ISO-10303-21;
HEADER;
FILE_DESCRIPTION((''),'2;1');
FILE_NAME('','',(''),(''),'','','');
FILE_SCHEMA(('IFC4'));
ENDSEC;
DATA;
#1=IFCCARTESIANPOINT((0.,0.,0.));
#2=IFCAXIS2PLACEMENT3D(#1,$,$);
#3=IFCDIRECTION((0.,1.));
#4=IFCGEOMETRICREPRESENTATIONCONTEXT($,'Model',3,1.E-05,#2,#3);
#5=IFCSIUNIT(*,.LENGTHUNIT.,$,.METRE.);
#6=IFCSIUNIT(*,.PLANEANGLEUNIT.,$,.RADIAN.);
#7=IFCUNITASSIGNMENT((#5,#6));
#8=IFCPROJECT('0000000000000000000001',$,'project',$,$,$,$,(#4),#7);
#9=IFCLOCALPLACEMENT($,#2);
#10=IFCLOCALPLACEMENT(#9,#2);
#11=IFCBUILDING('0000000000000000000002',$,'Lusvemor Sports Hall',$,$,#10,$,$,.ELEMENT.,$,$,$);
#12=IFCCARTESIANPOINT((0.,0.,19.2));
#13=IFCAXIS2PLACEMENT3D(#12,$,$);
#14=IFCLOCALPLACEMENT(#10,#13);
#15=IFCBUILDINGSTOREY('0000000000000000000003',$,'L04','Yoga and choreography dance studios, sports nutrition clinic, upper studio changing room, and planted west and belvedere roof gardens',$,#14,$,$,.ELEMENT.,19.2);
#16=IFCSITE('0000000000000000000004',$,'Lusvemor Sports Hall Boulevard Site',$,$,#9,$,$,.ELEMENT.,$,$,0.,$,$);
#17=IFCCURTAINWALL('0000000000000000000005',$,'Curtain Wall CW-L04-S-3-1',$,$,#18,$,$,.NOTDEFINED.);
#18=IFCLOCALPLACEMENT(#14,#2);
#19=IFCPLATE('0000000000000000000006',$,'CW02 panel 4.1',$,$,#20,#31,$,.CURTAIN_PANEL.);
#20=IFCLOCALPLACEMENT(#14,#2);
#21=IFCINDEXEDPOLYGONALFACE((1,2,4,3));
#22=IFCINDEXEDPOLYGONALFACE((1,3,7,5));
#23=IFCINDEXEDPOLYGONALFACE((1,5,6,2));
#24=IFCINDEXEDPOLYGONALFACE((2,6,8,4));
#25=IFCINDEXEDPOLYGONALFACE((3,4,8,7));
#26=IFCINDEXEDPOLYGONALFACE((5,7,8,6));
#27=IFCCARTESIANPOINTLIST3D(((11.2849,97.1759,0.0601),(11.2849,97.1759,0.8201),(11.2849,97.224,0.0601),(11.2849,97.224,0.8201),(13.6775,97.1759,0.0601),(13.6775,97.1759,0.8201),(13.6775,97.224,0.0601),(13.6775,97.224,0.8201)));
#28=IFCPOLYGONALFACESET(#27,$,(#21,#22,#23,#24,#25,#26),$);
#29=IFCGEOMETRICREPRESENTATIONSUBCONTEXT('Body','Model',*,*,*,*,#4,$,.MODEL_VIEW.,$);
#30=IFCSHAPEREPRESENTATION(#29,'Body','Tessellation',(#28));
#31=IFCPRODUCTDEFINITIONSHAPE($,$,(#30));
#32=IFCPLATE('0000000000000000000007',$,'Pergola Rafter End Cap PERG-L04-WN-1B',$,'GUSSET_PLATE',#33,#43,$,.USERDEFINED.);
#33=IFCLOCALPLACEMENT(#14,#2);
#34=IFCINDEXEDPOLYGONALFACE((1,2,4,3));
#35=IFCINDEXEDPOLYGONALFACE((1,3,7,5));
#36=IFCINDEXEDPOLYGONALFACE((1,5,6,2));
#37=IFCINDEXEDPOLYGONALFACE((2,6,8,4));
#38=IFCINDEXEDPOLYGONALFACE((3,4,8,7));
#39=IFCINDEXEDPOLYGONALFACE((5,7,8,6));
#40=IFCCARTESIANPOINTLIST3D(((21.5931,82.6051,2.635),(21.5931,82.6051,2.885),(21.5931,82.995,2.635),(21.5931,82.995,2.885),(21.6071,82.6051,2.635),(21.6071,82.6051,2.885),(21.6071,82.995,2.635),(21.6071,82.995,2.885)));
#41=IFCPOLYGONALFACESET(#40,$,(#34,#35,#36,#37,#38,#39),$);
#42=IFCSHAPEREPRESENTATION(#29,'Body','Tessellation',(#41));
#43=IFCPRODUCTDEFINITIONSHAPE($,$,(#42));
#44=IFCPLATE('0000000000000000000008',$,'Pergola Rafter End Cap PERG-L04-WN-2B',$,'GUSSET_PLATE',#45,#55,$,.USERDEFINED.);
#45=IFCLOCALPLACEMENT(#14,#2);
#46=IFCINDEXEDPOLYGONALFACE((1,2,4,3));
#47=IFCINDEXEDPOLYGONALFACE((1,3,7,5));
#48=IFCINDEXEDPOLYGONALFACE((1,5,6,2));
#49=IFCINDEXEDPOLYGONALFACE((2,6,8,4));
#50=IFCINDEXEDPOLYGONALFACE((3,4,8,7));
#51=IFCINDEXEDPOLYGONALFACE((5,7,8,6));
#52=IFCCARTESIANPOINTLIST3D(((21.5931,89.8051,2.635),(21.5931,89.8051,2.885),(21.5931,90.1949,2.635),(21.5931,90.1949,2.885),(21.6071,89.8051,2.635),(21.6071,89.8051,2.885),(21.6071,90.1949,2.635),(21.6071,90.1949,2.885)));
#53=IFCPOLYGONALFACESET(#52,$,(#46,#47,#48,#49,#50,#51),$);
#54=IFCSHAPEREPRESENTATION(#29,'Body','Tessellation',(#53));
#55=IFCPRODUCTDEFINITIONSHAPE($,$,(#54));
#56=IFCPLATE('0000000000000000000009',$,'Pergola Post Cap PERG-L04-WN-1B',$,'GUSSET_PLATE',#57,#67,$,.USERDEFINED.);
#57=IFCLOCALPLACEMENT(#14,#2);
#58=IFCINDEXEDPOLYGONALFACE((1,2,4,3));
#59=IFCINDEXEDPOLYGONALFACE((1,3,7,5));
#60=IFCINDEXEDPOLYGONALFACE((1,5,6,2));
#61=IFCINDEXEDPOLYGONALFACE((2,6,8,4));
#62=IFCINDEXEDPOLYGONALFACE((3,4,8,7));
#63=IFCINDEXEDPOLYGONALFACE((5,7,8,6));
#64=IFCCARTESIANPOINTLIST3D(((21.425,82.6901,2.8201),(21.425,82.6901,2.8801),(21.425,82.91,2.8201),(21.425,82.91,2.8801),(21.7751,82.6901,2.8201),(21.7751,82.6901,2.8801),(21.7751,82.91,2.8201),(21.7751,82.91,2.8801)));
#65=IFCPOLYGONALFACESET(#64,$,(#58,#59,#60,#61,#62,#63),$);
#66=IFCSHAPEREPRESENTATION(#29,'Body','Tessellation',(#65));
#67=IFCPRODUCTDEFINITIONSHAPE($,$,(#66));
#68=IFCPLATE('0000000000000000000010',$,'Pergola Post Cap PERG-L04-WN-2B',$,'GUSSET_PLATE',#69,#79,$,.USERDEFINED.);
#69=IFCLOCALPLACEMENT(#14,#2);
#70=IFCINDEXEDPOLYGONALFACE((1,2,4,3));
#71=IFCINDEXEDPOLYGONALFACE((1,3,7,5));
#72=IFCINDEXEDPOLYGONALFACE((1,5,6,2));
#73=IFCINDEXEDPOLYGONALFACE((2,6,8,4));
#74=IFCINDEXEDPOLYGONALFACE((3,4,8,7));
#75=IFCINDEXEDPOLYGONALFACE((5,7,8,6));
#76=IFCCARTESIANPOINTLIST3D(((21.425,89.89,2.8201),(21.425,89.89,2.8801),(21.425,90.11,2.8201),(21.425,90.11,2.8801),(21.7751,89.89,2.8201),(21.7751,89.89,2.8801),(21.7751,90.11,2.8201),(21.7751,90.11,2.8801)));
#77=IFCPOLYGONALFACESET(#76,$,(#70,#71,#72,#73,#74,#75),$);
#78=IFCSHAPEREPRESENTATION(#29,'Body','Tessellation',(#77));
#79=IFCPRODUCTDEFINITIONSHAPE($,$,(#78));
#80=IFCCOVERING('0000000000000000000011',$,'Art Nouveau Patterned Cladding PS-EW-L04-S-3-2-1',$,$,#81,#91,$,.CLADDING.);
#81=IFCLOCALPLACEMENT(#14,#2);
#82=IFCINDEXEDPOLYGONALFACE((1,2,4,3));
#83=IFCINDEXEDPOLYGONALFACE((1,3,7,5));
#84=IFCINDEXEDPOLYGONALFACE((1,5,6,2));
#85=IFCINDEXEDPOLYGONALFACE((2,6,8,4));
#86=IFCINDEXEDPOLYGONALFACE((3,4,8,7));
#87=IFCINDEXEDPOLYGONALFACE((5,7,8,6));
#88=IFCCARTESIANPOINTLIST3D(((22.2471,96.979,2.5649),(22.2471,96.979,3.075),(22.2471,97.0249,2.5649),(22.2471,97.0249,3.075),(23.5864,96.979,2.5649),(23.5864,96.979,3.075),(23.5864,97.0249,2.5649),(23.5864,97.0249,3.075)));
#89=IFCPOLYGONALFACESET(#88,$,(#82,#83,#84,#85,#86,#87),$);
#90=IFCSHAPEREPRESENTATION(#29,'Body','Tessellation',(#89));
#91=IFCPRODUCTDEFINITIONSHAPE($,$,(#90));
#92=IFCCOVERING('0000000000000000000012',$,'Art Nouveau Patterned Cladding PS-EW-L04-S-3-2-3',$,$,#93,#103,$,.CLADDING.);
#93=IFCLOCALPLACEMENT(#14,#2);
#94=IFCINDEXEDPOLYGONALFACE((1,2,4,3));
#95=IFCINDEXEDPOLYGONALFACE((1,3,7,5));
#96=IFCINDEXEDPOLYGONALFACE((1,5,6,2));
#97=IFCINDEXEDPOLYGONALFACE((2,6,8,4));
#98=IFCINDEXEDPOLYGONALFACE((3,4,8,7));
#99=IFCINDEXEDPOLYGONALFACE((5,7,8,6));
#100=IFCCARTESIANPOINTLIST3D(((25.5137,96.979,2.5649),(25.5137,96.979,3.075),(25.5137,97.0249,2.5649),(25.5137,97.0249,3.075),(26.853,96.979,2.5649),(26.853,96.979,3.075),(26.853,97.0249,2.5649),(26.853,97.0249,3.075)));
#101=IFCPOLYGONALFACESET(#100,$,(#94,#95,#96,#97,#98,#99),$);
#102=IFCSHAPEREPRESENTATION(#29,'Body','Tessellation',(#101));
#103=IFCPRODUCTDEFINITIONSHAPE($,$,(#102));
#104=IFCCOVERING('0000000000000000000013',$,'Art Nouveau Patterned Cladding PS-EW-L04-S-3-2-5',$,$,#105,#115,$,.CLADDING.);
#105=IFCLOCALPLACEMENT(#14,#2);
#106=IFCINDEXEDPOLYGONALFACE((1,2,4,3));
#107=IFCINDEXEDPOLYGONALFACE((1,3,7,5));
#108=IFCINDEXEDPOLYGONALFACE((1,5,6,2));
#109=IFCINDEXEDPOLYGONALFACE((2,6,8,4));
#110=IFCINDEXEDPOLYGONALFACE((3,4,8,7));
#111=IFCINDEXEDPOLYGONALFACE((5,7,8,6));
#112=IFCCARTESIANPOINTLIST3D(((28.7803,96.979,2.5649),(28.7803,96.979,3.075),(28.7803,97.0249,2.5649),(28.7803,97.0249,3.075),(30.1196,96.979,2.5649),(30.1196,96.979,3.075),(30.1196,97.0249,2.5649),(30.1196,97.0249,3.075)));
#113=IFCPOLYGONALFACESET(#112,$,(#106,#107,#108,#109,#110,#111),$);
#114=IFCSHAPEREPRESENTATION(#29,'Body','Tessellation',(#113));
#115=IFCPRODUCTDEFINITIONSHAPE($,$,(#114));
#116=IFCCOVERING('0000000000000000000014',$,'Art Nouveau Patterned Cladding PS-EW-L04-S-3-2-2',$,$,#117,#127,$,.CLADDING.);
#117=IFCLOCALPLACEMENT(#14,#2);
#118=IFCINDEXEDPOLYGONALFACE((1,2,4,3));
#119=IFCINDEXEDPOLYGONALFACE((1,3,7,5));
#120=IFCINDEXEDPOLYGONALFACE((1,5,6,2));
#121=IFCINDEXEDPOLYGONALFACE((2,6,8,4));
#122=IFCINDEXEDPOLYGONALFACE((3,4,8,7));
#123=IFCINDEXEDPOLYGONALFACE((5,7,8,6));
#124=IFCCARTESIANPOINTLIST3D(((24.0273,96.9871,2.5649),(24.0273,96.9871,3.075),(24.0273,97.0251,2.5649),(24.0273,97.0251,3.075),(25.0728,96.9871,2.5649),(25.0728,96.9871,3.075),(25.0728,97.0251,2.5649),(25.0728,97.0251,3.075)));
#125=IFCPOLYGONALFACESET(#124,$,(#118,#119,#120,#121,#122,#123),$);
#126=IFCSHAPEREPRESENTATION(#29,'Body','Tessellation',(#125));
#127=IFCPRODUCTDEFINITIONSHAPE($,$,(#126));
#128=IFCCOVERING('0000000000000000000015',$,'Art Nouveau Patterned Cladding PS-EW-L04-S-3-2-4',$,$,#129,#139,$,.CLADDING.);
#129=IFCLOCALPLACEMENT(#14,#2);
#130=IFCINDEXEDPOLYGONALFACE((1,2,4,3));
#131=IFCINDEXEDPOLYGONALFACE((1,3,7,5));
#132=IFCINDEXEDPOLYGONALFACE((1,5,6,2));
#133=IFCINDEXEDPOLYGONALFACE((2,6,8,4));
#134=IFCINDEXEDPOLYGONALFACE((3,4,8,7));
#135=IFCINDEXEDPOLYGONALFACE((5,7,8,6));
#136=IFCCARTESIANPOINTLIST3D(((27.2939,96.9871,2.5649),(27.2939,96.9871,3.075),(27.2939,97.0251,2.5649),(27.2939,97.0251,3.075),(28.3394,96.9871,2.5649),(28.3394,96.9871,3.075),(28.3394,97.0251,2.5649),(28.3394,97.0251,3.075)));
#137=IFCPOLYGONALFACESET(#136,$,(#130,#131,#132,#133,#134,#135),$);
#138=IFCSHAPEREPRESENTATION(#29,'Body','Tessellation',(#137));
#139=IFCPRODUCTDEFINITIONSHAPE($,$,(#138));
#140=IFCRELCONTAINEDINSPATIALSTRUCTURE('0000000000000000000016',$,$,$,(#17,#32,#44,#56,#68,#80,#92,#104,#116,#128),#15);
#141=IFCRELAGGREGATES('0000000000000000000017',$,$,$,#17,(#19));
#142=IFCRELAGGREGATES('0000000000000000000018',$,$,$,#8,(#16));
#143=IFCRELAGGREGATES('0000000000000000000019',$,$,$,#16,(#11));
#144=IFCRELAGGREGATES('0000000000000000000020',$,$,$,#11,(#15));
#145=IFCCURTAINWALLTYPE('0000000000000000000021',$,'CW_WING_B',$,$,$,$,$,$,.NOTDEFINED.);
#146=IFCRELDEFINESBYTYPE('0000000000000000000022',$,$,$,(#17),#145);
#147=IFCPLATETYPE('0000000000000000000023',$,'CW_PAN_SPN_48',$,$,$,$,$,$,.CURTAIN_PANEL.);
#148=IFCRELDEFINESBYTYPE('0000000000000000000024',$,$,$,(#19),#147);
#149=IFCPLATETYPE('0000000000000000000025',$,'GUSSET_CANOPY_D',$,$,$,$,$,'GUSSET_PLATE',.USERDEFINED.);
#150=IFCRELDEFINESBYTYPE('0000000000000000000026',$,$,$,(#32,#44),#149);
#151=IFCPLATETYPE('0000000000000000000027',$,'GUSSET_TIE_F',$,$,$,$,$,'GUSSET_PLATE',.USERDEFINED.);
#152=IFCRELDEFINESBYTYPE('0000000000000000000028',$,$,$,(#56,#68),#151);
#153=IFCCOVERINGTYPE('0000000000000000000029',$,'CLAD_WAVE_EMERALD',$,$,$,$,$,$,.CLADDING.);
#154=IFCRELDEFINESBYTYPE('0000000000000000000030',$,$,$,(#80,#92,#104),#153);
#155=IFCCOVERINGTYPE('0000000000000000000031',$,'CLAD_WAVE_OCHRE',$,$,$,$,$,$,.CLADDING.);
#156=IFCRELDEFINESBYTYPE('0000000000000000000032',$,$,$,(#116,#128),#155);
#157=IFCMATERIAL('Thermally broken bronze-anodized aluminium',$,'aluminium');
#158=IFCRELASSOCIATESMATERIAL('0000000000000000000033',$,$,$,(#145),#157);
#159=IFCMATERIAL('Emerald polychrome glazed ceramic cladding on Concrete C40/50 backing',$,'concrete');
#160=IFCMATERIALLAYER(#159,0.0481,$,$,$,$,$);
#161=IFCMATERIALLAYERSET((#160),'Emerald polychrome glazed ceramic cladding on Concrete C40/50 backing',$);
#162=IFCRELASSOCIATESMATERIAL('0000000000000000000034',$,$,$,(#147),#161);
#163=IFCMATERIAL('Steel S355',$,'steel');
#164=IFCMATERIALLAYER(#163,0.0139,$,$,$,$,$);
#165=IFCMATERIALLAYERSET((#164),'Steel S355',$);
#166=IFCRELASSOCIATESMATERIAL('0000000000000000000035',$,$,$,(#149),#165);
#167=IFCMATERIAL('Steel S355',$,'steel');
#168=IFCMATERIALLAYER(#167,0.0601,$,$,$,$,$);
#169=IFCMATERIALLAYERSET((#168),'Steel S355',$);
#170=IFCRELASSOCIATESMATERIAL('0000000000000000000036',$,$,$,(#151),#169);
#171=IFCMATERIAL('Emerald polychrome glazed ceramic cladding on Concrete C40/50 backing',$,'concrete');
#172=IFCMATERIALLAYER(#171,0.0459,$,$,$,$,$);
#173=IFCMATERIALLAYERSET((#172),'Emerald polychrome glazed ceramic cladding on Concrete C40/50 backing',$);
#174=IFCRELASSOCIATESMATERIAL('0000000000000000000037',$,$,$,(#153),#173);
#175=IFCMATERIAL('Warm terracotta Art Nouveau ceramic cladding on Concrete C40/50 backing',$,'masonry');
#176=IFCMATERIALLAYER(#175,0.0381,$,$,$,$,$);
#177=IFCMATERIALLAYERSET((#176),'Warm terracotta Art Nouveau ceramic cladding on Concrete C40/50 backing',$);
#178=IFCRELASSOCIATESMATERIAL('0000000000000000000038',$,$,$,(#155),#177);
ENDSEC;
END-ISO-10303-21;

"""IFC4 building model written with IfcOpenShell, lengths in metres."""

from ifc_helpers import new_model, si_unit, direction, frame, origin, origin_2d, place, context, subcontext, project, spatial, rectangle, extrude, material, layer, layer_set, type_object, element, aggregate, save


model = new_model("IFC4")

# Units and contexts
model_context = context("Model", 3, precision=1e-05, world=origin(), true_north=direction((0.0, 1.0)))
body_context = subcontext(model_context, "Body", "Model", "MODEL_VIEW")
ifc_project = project(units=[si_unit("LENGTHUNIT", "METRE"), si_unit("PLANEANGLEUNIT", "RADIAN")], contexts=[model_context])

# Site, building, storey
site_placement = place(None, origin())
site = spatial("IfcSite", under=ifc_project, at=site_placement, Name="Lusvemor Sports Hall Boulevard Site", CompositionType="ELEMENT", RefElevation=0.0)
building_placement = place(site_placement, origin())
building = spatial("IfcBuilding", under=site, at=building_placement, Name="Lusvemor Sports Hall", CompositionType="ELEMENT")
storey_placement = place(building_placement, frame((0.0, 0.0, 19.2)))
storey = spatial("IfcBuildingStorey", under=building, at=storey_placement, Name="L04", Description="Yoga and choreography dance studios, sports nutrition clinic, upper studio changing room, and planted west and belvedere roof gardens", CompositionType="ELEMENT", Elevation=19.2)

# Curtain wall
ifc_material_1 = material(Name="Thermally broken bronze-anodized aluminium", Category="aluminium")
curtain_wall_type = type_object("IfcCurtainWallType", Name="CW_WING_B", PredefinedType="NOTDEFINED", material=ifc_material_1)
curtain_wall_placement = place(storey_placement, origin())
curtain_wall = element("IfcCurtainWall", 1, at=curtain_wall_placement, inside=storey, type_object=curtain_wall_type, Name="Curtain Wall CW-L04-S-3-1", PredefinedType="NOTDEFINED")

# Plate
ifc_material_2 = material(Name="Emerald polychrome glazed ceramic cladding on Concrete C40/50 backing", Category="concrete")
ifc_layer_1 = layer(ifc_material_2, 0.0481)
ifc_layer_set_1 = layer_set([ifc_layer_1], Name="Emerald polychrome glazed ceramic cladding on Concrete C40/50 backing")
plate_type_1 = type_object("IfcPlateType", Name="CW_PAN_SPN_48", PredefinedType="CURTAIN_PANEL", material=ifc_layer_set_1)
plate_1_placement = place(storey_placement, frame((12.4812, 97.2, 0.0601), z_axis=(0.0, 0.0, 1.0), x_axis=(-1.0, 0.0, 0.0)))
plate_1 = element("IfcPlate", 2, at=plate_1_placement, type_object=plate_type_1, Name="CW02 panel 4.1", PredefinedType="CURTAIN_PANEL", context=body_context, shape_type="SweptSolid", body=[
    extrude(rectangle(XDim=2.3926, YDim=0.0481, at=origin_2d()), origin(), (0.0, 0.0, 1.0), 0.76),
])
aggregate(curtain_wall, [plate_1])

# Plates
ifc_material_3 = material(Name="Steel S355", Category="steel")
ifc_layer_2 = layer(ifc_material_3, 0.0139)
ifc_layer_set_2 = layer_set([ifc_layer_2], Name="Steel S355")
plate_type_2 = type_object("IfcPlateType", Name="GUSSET_CANOPY_D", ElementType="GUSSET_PLATE", PredefinedType="USERDEFINED", material=ifc_layer_set_2)
for number, where, z_axis, x_axis, name in (
    (3, (21.6001, 82.8, 2.635), (0.0, 0.0, 1.0), (1.0, 0.0, 0.0), "Pergola Rafter End Cap PERG-L04-WN-1B"),
    (4, (21.6001, 90.0, 2.635), (0.0, 0.0, 1.0), (1.0, 0.0, 0.0), "Pergola Rafter End Cap PERG-L04-WN-2B"),
):
    element("IfcPlate", number, at=place(storey_placement, frame(where, z_axis=z_axis, x_axis=x_axis)), inside=storey, type_object=plate_type_2, Name=name, ObjectType="GUSSET_PLATE", PredefinedType="USERDEFINED", context=body_context, shape_type="SweptSolid", body=[
        extrude(rectangle(XDim=0.0139, YDim=0.3899, at=origin_2d()), origin(), (0.0, 0.0, 1.0), 0.25),
    ])
ifc_material_4 = material(Name="Steel S355", Category="steel")
ifc_layer_3 = layer(ifc_material_4, 0.0601)
ifc_layer_set_3 = layer_set([ifc_layer_3], Name="Steel S355")
plate_type_3 = type_object("IfcPlateType", Name="GUSSET_TIE_F", ElementType="GUSSET_PLATE", PredefinedType="USERDEFINED", material=ifc_layer_set_3)
for number, where, z_axis, x_axis, name in (
    (5, (21.6001, 82.8, 2.8201), (0.0, 0.0, 1.0), (1.0, 0.0, 0.0), "Pergola Post Cap PERG-L04-WN-1B"),
    (6, (21.6001, 90.0, 2.8201), (0.0, 0.0, 1.0), (1.0, 0.0, 0.0), "Pergola Post Cap PERG-L04-WN-2B"),
):
    element("IfcPlate", number, at=place(storey_placement, frame(where, z_axis=z_axis, x_axis=x_axis)), inside=storey, type_object=plate_type_3, Name=name, ObjectType="GUSSET_PLATE", PredefinedType="USERDEFINED", context=body_context, shape_type="SweptSolid", body=[
        extrude(rectangle(XDim=0.3501, YDim=0.22, at=origin_2d()), origin(), (0.0, 0.0, 1.0), 0.0601),
    ])

# Coverings
ifc_material_5 = material(Name="Emerald polychrome glazed ceramic cladding on Concrete C40/50 backing", Category="concrete")
ifc_layer_4 = layer(ifc_material_5, 0.0459)
ifc_layer_set_4 = layer_set([ifc_layer_4], Name="Emerald polychrome glazed ceramic cladding on Concrete C40/50 backing")
covering_type_1 = type_object("IfcCoveringType", Name="CLAD_WAVE_EMERALD", PredefinedType="CLADDING", material=ifc_layer_set_4)
for number, where, z_axis, x_axis, name in (
    (7, (22.9167, 97.002, 2.5649), (0.0, 0.0, 1.0), (1.0, 0.0, 0.0), "Art Nouveau Patterned Cladding PS-EW-L04-S-3-2-1"),
    (8, (26.1833, 97.002, 2.5649), (0.0, 0.0, 1.0), (1.0, 0.0, 0.0), "Art Nouveau Patterned Cladding PS-EW-L04-S-3-2-3"),
    (9, (29.45, 97.002, 2.5649), (0.0, 0.0, 1.0), (1.0, 0.0, 0.0), "Art Nouveau Patterned Cladding PS-EW-L04-S-3-2-5"),
):
    element("IfcCovering", number, at=place(storey_placement, frame(where, z_axis=z_axis, x_axis=x_axis)), inside=storey, type_object=covering_type_1, Name=name, PredefinedType="CLADDING", context=body_context, shape_type="SweptSolid", body=[
        extrude(rectangle(XDim=1.3394, YDim=0.0459, at=origin_2d()), origin(), (0.0, 0.0, 1.0), 0.51),
    ])
ifc_material_6 = material(Name="Warm terracotta Art Nouveau ceramic cladding on Concrete C40/50 backing", Category="masonry")
ifc_layer_5 = layer(ifc_material_6, 0.0381)
ifc_layer_set_5 = layer_set([ifc_layer_5], Name="Warm terracotta Art Nouveau ceramic cladding on Concrete C40/50 backing")
covering_type_2 = type_object("IfcCoveringType", Name="CLAD_WAVE_OCHRE", PredefinedType="CLADDING", material=ifc_layer_set_5)
for number, where, z_axis, x_axis, name in (
    (10, (24.55, 97.0061, 2.5649), (0.0, 0.0, 1.0), (1.0, 0.0, 0.0), "Art Nouveau Patterned Cladding PS-EW-L04-S-3-2-2"),
    (11, (27.8167, 97.0061, 2.5649), (0.0, 0.0, 1.0), (1.0, 0.0, 0.0), "Art Nouveau Patterned Cladding PS-EW-L04-S-3-2-4"),
):
    element("IfcCovering", number, at=place(storey_placement, frame(where, z_axis=z_axis, x_axis=x_axis)), inside=storey, type_object=covering_type_2, Name=name, PredefinedType="CLADDING", context=body_context, shape_type="SweptSolid", body=[
        extrude(rectangle(XDim=1.0454, YDim=0.0381, at=origin_2d()), origin(), (0.0, 0.0, 1.0), 0.51),
    ])

save(model, "model.ifc")
